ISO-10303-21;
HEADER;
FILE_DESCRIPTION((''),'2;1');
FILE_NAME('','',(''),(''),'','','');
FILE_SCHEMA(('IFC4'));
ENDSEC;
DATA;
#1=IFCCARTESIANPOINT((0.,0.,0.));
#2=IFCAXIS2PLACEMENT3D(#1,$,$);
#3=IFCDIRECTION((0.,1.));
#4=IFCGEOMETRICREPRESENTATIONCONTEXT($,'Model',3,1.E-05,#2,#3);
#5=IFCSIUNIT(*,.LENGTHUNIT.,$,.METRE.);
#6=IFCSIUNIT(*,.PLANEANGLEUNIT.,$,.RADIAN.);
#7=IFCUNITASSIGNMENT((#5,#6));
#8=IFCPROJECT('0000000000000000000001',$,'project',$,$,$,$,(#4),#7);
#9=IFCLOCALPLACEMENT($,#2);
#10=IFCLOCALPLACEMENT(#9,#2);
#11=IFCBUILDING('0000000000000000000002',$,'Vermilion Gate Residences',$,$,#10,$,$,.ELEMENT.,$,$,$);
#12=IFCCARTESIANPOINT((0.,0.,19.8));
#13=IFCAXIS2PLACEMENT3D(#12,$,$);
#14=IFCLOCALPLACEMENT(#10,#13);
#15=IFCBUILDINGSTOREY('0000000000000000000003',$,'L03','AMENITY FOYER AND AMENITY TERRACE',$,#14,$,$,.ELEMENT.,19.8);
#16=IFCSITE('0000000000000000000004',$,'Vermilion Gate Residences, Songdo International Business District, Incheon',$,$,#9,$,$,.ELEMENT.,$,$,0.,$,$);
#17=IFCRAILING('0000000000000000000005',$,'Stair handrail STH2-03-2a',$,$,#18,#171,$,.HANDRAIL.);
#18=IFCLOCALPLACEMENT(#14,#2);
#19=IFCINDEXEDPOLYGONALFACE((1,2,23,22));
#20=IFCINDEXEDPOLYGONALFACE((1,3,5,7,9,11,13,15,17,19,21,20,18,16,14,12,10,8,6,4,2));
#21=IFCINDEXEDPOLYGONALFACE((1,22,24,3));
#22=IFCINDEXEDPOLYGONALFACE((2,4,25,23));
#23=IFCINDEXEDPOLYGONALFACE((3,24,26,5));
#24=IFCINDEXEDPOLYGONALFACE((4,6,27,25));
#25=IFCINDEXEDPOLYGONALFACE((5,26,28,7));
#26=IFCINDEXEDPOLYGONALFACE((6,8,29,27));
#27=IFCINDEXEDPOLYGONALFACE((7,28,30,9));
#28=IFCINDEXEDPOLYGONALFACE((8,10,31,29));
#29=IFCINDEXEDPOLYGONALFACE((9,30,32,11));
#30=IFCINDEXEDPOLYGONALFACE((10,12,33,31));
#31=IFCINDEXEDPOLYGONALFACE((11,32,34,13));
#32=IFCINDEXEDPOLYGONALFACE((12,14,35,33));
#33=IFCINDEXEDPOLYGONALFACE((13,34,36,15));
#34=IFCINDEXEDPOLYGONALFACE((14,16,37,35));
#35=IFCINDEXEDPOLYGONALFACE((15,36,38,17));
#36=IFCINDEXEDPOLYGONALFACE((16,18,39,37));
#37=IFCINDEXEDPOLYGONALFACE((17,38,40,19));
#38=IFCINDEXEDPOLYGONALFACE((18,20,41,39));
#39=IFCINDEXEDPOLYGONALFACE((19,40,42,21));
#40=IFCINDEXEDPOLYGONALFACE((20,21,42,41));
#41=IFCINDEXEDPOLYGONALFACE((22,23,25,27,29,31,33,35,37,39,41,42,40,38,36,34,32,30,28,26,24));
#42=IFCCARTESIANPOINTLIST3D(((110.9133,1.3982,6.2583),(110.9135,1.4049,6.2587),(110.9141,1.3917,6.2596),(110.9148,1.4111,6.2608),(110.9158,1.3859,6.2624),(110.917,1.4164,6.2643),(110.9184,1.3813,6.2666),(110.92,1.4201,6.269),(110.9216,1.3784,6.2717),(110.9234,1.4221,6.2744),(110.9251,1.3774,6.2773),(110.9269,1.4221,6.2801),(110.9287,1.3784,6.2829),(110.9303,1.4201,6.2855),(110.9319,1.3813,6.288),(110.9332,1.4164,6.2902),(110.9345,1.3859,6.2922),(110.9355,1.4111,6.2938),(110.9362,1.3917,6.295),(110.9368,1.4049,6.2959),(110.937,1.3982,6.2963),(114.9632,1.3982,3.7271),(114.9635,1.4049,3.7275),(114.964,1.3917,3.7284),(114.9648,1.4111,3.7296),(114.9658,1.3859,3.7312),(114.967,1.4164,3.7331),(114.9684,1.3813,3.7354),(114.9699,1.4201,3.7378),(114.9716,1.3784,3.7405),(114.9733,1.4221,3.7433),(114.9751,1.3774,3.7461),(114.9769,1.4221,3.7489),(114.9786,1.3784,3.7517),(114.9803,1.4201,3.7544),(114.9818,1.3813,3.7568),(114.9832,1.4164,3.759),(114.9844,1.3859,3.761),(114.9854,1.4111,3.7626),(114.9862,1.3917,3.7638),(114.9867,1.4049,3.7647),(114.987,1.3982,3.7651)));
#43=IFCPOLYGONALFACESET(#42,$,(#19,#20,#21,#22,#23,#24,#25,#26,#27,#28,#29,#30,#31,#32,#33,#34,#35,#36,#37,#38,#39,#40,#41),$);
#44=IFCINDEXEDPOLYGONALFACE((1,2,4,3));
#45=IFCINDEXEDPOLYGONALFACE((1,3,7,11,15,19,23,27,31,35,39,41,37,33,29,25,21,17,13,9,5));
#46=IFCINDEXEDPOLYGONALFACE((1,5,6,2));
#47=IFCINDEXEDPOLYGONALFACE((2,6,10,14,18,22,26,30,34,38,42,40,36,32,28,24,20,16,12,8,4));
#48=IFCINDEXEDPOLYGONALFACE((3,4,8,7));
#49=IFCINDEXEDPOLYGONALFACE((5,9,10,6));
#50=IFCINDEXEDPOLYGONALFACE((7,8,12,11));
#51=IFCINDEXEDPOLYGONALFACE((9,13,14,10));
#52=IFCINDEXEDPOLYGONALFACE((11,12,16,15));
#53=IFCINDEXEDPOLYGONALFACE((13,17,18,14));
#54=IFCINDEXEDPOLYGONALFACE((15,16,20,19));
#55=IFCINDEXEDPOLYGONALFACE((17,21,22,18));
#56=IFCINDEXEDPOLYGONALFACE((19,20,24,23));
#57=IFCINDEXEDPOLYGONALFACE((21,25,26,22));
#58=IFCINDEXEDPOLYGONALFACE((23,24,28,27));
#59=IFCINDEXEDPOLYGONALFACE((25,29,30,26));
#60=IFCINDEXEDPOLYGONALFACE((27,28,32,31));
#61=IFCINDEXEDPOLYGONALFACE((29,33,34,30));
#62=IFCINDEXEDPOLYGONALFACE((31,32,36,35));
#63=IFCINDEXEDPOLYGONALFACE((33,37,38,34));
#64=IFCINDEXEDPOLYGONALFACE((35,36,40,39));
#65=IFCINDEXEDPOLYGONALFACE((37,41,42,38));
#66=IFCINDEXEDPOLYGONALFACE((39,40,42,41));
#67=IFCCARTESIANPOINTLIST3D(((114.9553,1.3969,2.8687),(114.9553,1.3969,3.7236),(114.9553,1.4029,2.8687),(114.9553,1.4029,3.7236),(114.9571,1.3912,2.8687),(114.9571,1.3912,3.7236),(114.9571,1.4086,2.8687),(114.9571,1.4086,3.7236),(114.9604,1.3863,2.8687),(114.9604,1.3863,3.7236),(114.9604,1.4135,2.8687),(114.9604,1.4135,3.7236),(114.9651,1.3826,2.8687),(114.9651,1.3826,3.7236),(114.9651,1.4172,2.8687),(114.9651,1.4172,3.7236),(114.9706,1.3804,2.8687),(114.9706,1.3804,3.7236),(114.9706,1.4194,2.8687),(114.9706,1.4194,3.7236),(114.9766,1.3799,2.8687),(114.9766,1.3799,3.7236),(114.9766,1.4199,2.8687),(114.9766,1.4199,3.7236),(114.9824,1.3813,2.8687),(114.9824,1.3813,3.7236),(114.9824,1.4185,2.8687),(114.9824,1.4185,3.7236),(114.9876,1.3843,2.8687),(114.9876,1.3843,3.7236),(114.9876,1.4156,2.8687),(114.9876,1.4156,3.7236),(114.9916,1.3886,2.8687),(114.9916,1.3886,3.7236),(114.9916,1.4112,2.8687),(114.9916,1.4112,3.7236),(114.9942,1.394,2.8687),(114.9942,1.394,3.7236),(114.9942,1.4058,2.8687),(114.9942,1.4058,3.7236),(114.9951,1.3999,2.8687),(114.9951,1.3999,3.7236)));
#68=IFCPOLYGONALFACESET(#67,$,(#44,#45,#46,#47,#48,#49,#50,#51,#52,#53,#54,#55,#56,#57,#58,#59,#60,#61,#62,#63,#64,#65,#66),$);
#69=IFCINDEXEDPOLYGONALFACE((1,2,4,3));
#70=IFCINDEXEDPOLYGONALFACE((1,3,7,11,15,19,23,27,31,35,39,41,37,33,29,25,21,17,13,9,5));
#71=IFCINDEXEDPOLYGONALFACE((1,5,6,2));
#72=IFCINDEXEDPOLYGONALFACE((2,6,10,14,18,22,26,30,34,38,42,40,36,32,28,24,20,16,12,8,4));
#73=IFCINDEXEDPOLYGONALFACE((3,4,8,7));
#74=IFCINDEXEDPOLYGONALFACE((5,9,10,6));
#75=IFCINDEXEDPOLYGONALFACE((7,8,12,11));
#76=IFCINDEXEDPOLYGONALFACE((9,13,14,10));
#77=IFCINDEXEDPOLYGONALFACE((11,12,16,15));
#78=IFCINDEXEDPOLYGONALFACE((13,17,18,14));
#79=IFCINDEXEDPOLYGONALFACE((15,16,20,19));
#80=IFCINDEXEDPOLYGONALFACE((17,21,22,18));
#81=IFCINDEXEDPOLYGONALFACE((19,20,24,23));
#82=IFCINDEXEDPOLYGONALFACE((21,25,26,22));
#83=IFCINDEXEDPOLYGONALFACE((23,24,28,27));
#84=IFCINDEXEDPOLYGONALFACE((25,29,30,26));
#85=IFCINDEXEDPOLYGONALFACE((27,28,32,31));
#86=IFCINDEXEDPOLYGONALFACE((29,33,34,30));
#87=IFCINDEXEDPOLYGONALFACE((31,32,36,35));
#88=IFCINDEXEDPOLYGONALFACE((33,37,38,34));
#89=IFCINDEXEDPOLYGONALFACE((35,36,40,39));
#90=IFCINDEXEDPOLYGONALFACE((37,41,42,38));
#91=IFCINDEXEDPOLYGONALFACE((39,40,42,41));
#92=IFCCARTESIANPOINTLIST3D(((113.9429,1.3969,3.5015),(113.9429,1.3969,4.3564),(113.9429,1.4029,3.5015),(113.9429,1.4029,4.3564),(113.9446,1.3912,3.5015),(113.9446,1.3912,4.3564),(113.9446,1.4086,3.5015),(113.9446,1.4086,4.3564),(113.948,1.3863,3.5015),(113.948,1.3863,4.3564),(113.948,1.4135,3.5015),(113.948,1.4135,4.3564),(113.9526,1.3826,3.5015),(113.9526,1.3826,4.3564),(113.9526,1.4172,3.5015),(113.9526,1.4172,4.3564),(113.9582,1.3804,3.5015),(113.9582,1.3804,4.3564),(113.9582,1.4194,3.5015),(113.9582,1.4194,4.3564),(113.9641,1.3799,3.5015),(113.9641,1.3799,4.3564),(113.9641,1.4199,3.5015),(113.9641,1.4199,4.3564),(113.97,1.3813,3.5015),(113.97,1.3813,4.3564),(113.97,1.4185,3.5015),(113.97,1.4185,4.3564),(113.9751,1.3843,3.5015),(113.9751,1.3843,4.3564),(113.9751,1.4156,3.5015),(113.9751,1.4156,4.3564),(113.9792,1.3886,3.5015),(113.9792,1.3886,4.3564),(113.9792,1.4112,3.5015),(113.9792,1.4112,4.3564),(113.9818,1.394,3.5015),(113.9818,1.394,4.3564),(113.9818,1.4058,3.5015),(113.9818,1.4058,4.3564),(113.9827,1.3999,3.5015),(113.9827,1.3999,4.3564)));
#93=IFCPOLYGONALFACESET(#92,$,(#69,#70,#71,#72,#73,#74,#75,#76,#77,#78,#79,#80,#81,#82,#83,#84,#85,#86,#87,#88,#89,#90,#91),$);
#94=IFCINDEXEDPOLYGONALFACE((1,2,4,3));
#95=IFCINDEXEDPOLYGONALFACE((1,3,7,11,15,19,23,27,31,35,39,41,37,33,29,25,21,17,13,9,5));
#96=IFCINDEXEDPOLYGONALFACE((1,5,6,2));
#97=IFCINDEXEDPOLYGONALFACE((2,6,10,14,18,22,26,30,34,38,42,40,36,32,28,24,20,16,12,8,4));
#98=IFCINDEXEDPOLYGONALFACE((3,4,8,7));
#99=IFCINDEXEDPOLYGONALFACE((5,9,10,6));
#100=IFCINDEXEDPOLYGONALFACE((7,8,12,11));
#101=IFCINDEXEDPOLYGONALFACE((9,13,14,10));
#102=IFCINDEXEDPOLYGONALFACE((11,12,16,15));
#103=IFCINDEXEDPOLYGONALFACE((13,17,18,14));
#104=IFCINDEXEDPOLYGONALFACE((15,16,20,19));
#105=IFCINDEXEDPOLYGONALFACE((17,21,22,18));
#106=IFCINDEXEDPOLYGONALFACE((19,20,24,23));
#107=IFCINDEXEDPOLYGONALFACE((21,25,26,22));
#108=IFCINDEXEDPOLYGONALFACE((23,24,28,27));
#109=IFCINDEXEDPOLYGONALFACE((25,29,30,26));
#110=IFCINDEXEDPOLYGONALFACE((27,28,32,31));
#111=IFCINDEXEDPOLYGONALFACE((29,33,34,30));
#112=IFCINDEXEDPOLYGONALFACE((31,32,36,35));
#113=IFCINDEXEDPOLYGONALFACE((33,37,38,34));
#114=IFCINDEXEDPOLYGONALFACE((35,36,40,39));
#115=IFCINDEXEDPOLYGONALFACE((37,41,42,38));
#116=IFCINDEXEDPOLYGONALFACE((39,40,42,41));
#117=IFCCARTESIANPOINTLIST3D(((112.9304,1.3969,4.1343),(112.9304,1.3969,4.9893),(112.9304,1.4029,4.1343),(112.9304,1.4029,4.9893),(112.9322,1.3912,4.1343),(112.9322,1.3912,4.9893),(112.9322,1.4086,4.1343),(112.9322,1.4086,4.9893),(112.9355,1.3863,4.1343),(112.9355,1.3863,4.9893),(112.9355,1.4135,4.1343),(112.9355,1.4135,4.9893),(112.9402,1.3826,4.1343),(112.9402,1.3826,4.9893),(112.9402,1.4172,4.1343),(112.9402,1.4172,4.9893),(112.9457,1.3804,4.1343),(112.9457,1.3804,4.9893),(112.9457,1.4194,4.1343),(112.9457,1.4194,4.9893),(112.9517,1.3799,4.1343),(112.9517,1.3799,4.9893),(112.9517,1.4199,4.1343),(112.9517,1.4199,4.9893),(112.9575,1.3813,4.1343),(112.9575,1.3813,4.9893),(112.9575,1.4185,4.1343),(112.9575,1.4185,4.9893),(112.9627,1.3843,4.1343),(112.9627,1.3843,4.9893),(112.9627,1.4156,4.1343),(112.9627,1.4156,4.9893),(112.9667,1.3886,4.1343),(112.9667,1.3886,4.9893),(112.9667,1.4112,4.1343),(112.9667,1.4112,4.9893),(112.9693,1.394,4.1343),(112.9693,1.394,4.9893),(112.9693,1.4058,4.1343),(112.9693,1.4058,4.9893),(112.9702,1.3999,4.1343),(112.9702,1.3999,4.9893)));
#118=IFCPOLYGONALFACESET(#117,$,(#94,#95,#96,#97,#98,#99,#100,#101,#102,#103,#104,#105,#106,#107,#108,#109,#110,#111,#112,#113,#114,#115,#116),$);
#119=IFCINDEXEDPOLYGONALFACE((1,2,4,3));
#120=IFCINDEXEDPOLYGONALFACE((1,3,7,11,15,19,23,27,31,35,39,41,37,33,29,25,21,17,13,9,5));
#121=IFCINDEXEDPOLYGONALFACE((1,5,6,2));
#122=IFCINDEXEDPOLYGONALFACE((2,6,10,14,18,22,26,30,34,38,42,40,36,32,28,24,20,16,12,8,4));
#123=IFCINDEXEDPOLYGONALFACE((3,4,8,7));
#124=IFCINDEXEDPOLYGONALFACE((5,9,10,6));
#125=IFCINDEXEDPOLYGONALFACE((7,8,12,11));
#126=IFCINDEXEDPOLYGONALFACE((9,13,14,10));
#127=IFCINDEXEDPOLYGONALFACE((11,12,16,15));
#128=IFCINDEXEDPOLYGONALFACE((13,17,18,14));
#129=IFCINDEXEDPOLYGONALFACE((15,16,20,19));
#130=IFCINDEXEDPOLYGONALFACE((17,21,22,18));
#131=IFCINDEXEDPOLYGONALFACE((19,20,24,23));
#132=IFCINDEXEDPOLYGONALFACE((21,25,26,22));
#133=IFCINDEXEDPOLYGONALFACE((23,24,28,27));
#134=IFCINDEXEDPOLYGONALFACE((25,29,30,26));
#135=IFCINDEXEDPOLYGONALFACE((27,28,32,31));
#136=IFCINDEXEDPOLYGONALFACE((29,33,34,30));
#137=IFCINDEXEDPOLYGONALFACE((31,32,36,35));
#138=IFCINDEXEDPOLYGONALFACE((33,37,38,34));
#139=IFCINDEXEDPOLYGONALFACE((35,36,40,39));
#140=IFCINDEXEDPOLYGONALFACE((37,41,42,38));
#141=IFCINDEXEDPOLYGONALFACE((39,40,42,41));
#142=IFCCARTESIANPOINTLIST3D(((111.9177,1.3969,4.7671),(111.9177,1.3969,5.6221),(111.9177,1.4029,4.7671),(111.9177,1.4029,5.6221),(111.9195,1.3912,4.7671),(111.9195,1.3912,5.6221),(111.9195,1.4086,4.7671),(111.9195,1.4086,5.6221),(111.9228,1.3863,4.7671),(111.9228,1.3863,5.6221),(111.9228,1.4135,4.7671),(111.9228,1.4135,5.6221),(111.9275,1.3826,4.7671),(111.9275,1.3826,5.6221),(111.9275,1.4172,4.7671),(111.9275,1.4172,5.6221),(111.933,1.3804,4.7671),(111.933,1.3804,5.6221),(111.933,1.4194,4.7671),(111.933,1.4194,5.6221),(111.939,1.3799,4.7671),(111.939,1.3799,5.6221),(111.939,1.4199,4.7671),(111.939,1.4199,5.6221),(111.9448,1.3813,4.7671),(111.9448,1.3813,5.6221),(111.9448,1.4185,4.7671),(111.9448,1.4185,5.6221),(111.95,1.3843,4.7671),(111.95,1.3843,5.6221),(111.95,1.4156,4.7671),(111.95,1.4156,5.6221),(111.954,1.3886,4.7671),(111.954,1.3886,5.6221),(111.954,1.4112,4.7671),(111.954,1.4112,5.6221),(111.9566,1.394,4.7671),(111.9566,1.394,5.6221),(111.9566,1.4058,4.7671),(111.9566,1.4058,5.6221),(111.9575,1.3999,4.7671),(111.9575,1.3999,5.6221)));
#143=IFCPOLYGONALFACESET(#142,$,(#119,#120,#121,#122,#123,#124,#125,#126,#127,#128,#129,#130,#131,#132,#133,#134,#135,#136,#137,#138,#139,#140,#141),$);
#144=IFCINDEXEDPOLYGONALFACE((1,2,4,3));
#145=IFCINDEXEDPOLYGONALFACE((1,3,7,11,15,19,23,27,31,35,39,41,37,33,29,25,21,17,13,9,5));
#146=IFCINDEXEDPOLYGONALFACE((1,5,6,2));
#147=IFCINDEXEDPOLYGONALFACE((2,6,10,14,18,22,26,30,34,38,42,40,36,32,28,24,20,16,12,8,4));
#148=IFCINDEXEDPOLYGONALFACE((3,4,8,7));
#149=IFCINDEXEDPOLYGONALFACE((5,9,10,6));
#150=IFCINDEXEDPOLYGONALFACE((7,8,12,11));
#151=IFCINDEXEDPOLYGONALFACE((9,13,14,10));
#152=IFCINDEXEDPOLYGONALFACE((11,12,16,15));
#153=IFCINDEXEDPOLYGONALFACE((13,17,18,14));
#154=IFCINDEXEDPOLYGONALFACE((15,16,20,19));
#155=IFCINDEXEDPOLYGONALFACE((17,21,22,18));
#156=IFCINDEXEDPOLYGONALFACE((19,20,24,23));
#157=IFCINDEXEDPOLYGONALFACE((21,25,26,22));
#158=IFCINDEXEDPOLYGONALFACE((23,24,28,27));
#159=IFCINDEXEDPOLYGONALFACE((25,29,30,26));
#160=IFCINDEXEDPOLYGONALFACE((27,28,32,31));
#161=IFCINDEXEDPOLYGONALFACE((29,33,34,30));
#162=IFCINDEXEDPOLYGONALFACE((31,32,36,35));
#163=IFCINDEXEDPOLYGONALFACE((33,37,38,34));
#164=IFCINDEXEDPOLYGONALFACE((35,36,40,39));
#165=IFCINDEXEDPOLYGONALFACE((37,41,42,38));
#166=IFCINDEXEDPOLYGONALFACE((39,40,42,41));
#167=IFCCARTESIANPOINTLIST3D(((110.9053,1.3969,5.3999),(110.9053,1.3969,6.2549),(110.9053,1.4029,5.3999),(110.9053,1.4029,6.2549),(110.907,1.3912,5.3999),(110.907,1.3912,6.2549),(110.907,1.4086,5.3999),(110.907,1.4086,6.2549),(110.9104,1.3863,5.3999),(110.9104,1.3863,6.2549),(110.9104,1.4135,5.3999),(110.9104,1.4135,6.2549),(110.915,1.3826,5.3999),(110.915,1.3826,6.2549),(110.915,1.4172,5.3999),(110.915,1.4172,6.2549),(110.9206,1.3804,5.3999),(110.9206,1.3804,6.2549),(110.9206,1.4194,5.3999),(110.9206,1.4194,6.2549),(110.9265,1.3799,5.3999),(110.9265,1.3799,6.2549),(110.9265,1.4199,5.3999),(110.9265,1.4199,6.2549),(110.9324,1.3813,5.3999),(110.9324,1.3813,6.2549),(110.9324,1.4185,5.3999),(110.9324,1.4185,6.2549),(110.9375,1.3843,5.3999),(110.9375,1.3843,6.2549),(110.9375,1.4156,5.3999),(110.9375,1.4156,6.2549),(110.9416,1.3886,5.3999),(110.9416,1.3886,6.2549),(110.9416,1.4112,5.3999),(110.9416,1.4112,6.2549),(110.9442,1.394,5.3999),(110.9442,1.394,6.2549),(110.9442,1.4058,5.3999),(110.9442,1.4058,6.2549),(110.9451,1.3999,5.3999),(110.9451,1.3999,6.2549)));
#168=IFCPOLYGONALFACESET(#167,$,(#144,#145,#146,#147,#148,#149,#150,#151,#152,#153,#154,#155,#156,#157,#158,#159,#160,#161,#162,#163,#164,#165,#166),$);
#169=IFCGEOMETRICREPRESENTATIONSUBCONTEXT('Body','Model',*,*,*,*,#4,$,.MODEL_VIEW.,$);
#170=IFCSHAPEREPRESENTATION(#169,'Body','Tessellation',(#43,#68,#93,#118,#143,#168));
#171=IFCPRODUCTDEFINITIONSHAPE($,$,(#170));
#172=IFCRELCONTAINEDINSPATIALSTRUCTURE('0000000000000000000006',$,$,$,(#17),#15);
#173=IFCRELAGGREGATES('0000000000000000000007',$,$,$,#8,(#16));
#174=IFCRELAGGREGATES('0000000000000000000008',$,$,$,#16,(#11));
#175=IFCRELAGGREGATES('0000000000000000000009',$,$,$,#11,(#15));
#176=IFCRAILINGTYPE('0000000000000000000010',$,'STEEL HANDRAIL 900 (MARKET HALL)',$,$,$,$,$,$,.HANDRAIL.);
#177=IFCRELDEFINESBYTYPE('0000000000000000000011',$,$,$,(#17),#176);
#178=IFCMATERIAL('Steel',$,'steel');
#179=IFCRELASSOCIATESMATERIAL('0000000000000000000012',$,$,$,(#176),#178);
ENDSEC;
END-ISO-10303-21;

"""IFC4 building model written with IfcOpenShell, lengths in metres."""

from ifc_helpers import new_model, si_unit, direction, frame, origin, origin_2d, place, context, subcontext, project, spatial, circle, extrude, material, type_object, element, save


model = new_model("IFC4")

# Units and contexts
model_context = context("Model", 3, precision=1e-05, world=origin(), true_north=direction((0.0, 1.0)))
body_context = subcontext(model_context, "Body", "Model", "MODEL_VIEW")
ifc_project = project(units=[si_unit("LENGTHUNIT", "METRE"), si_unit("PLANEANGLEUNIT", "RADIAN")], contexts=[model_context])

# Site, building, storey
site_placement = place(None, origin())
site = spatial("IfcSite", under=ifc_project, at=site_placement, Name="Vermilion Gate Residences, Songdo International Business District, Incheon", CompositionType="ELEMENT", RefElevation=0.0)
building_placement = place(site_placement, origin())
building = spatial("IfcBuilding", under=site, at=building_placement, Name="Vermilion Gate Residences", CompositionType="ELEMENT")
storey_placement = place(building_placement, frame((0.0, 0.0, 19.8)))
storey = spatial("IfcBuildingStorey", under=building, at=storey_placement, Name="L03", Description="AMENITY FOYER AND AMENITY TERRACE", CompositionType="ELEMENT", Elevation=19.8)

# Railing
ifc_material_1 = material(Name="Steel", Category="steel")
railing_type_1 = type_object("IfcRailingType", Name="STEEL HANDRAIL 900 (MARKET HALL)", PredefinedType="HANDRAIL", material=ifc_material_1)
for number, where, name in (
    (1, (114.9751, 1.3999, 2.8687), "Stair handrail STH2-03-2a"),
):
    element("IfcRailing", number, at=place(storey_placement, frame(where)), inside=storey, type_object=railing_type_1, Name=name, PredefinedType="HANDRAIL", context=body_context, shape_type="SweptSolid", body=[
        extrude(circle(Radius=0.0225, at=origin_2d()), frame((0.0, 0.0, 0.8774), z_axis=(-0.848001, 0.0, 0.529994), x_axis=(0.0, -1.0, 0.0)), (0.0, 0.0, 1.0), 4.7759),
        extrude(circle(Radius=0.02, at=origin_2d()), origin(), (0.0, 0.0, 1.0), 0.855),
        extrude(circle(Radius=0.02, at=origin_2d()), frame((-1.0125, 0.0, 0.6328)), (0.0, 0.0, 1.0), 0.855),
        extrude(circle(Radius=0.02, at=origin_2d()), frame((-2.0249, 0.0, 1.2656)), (0.0, 0.0, 1.0), 0.855),
        extrude(circle(Radius=0.02, at=origin_2d()), frame((-3.0376, 0.0, 1.8984)), (0.0, 0.0, 1.0), 0.855),
        extrude(circle(Radius=0.02, at=origin_2d()), frame((-4.05, 0.0, 2.5312)), (0.0, 0.0, 1.0), 0.855),
    ])

save(model, "model.ifc")
